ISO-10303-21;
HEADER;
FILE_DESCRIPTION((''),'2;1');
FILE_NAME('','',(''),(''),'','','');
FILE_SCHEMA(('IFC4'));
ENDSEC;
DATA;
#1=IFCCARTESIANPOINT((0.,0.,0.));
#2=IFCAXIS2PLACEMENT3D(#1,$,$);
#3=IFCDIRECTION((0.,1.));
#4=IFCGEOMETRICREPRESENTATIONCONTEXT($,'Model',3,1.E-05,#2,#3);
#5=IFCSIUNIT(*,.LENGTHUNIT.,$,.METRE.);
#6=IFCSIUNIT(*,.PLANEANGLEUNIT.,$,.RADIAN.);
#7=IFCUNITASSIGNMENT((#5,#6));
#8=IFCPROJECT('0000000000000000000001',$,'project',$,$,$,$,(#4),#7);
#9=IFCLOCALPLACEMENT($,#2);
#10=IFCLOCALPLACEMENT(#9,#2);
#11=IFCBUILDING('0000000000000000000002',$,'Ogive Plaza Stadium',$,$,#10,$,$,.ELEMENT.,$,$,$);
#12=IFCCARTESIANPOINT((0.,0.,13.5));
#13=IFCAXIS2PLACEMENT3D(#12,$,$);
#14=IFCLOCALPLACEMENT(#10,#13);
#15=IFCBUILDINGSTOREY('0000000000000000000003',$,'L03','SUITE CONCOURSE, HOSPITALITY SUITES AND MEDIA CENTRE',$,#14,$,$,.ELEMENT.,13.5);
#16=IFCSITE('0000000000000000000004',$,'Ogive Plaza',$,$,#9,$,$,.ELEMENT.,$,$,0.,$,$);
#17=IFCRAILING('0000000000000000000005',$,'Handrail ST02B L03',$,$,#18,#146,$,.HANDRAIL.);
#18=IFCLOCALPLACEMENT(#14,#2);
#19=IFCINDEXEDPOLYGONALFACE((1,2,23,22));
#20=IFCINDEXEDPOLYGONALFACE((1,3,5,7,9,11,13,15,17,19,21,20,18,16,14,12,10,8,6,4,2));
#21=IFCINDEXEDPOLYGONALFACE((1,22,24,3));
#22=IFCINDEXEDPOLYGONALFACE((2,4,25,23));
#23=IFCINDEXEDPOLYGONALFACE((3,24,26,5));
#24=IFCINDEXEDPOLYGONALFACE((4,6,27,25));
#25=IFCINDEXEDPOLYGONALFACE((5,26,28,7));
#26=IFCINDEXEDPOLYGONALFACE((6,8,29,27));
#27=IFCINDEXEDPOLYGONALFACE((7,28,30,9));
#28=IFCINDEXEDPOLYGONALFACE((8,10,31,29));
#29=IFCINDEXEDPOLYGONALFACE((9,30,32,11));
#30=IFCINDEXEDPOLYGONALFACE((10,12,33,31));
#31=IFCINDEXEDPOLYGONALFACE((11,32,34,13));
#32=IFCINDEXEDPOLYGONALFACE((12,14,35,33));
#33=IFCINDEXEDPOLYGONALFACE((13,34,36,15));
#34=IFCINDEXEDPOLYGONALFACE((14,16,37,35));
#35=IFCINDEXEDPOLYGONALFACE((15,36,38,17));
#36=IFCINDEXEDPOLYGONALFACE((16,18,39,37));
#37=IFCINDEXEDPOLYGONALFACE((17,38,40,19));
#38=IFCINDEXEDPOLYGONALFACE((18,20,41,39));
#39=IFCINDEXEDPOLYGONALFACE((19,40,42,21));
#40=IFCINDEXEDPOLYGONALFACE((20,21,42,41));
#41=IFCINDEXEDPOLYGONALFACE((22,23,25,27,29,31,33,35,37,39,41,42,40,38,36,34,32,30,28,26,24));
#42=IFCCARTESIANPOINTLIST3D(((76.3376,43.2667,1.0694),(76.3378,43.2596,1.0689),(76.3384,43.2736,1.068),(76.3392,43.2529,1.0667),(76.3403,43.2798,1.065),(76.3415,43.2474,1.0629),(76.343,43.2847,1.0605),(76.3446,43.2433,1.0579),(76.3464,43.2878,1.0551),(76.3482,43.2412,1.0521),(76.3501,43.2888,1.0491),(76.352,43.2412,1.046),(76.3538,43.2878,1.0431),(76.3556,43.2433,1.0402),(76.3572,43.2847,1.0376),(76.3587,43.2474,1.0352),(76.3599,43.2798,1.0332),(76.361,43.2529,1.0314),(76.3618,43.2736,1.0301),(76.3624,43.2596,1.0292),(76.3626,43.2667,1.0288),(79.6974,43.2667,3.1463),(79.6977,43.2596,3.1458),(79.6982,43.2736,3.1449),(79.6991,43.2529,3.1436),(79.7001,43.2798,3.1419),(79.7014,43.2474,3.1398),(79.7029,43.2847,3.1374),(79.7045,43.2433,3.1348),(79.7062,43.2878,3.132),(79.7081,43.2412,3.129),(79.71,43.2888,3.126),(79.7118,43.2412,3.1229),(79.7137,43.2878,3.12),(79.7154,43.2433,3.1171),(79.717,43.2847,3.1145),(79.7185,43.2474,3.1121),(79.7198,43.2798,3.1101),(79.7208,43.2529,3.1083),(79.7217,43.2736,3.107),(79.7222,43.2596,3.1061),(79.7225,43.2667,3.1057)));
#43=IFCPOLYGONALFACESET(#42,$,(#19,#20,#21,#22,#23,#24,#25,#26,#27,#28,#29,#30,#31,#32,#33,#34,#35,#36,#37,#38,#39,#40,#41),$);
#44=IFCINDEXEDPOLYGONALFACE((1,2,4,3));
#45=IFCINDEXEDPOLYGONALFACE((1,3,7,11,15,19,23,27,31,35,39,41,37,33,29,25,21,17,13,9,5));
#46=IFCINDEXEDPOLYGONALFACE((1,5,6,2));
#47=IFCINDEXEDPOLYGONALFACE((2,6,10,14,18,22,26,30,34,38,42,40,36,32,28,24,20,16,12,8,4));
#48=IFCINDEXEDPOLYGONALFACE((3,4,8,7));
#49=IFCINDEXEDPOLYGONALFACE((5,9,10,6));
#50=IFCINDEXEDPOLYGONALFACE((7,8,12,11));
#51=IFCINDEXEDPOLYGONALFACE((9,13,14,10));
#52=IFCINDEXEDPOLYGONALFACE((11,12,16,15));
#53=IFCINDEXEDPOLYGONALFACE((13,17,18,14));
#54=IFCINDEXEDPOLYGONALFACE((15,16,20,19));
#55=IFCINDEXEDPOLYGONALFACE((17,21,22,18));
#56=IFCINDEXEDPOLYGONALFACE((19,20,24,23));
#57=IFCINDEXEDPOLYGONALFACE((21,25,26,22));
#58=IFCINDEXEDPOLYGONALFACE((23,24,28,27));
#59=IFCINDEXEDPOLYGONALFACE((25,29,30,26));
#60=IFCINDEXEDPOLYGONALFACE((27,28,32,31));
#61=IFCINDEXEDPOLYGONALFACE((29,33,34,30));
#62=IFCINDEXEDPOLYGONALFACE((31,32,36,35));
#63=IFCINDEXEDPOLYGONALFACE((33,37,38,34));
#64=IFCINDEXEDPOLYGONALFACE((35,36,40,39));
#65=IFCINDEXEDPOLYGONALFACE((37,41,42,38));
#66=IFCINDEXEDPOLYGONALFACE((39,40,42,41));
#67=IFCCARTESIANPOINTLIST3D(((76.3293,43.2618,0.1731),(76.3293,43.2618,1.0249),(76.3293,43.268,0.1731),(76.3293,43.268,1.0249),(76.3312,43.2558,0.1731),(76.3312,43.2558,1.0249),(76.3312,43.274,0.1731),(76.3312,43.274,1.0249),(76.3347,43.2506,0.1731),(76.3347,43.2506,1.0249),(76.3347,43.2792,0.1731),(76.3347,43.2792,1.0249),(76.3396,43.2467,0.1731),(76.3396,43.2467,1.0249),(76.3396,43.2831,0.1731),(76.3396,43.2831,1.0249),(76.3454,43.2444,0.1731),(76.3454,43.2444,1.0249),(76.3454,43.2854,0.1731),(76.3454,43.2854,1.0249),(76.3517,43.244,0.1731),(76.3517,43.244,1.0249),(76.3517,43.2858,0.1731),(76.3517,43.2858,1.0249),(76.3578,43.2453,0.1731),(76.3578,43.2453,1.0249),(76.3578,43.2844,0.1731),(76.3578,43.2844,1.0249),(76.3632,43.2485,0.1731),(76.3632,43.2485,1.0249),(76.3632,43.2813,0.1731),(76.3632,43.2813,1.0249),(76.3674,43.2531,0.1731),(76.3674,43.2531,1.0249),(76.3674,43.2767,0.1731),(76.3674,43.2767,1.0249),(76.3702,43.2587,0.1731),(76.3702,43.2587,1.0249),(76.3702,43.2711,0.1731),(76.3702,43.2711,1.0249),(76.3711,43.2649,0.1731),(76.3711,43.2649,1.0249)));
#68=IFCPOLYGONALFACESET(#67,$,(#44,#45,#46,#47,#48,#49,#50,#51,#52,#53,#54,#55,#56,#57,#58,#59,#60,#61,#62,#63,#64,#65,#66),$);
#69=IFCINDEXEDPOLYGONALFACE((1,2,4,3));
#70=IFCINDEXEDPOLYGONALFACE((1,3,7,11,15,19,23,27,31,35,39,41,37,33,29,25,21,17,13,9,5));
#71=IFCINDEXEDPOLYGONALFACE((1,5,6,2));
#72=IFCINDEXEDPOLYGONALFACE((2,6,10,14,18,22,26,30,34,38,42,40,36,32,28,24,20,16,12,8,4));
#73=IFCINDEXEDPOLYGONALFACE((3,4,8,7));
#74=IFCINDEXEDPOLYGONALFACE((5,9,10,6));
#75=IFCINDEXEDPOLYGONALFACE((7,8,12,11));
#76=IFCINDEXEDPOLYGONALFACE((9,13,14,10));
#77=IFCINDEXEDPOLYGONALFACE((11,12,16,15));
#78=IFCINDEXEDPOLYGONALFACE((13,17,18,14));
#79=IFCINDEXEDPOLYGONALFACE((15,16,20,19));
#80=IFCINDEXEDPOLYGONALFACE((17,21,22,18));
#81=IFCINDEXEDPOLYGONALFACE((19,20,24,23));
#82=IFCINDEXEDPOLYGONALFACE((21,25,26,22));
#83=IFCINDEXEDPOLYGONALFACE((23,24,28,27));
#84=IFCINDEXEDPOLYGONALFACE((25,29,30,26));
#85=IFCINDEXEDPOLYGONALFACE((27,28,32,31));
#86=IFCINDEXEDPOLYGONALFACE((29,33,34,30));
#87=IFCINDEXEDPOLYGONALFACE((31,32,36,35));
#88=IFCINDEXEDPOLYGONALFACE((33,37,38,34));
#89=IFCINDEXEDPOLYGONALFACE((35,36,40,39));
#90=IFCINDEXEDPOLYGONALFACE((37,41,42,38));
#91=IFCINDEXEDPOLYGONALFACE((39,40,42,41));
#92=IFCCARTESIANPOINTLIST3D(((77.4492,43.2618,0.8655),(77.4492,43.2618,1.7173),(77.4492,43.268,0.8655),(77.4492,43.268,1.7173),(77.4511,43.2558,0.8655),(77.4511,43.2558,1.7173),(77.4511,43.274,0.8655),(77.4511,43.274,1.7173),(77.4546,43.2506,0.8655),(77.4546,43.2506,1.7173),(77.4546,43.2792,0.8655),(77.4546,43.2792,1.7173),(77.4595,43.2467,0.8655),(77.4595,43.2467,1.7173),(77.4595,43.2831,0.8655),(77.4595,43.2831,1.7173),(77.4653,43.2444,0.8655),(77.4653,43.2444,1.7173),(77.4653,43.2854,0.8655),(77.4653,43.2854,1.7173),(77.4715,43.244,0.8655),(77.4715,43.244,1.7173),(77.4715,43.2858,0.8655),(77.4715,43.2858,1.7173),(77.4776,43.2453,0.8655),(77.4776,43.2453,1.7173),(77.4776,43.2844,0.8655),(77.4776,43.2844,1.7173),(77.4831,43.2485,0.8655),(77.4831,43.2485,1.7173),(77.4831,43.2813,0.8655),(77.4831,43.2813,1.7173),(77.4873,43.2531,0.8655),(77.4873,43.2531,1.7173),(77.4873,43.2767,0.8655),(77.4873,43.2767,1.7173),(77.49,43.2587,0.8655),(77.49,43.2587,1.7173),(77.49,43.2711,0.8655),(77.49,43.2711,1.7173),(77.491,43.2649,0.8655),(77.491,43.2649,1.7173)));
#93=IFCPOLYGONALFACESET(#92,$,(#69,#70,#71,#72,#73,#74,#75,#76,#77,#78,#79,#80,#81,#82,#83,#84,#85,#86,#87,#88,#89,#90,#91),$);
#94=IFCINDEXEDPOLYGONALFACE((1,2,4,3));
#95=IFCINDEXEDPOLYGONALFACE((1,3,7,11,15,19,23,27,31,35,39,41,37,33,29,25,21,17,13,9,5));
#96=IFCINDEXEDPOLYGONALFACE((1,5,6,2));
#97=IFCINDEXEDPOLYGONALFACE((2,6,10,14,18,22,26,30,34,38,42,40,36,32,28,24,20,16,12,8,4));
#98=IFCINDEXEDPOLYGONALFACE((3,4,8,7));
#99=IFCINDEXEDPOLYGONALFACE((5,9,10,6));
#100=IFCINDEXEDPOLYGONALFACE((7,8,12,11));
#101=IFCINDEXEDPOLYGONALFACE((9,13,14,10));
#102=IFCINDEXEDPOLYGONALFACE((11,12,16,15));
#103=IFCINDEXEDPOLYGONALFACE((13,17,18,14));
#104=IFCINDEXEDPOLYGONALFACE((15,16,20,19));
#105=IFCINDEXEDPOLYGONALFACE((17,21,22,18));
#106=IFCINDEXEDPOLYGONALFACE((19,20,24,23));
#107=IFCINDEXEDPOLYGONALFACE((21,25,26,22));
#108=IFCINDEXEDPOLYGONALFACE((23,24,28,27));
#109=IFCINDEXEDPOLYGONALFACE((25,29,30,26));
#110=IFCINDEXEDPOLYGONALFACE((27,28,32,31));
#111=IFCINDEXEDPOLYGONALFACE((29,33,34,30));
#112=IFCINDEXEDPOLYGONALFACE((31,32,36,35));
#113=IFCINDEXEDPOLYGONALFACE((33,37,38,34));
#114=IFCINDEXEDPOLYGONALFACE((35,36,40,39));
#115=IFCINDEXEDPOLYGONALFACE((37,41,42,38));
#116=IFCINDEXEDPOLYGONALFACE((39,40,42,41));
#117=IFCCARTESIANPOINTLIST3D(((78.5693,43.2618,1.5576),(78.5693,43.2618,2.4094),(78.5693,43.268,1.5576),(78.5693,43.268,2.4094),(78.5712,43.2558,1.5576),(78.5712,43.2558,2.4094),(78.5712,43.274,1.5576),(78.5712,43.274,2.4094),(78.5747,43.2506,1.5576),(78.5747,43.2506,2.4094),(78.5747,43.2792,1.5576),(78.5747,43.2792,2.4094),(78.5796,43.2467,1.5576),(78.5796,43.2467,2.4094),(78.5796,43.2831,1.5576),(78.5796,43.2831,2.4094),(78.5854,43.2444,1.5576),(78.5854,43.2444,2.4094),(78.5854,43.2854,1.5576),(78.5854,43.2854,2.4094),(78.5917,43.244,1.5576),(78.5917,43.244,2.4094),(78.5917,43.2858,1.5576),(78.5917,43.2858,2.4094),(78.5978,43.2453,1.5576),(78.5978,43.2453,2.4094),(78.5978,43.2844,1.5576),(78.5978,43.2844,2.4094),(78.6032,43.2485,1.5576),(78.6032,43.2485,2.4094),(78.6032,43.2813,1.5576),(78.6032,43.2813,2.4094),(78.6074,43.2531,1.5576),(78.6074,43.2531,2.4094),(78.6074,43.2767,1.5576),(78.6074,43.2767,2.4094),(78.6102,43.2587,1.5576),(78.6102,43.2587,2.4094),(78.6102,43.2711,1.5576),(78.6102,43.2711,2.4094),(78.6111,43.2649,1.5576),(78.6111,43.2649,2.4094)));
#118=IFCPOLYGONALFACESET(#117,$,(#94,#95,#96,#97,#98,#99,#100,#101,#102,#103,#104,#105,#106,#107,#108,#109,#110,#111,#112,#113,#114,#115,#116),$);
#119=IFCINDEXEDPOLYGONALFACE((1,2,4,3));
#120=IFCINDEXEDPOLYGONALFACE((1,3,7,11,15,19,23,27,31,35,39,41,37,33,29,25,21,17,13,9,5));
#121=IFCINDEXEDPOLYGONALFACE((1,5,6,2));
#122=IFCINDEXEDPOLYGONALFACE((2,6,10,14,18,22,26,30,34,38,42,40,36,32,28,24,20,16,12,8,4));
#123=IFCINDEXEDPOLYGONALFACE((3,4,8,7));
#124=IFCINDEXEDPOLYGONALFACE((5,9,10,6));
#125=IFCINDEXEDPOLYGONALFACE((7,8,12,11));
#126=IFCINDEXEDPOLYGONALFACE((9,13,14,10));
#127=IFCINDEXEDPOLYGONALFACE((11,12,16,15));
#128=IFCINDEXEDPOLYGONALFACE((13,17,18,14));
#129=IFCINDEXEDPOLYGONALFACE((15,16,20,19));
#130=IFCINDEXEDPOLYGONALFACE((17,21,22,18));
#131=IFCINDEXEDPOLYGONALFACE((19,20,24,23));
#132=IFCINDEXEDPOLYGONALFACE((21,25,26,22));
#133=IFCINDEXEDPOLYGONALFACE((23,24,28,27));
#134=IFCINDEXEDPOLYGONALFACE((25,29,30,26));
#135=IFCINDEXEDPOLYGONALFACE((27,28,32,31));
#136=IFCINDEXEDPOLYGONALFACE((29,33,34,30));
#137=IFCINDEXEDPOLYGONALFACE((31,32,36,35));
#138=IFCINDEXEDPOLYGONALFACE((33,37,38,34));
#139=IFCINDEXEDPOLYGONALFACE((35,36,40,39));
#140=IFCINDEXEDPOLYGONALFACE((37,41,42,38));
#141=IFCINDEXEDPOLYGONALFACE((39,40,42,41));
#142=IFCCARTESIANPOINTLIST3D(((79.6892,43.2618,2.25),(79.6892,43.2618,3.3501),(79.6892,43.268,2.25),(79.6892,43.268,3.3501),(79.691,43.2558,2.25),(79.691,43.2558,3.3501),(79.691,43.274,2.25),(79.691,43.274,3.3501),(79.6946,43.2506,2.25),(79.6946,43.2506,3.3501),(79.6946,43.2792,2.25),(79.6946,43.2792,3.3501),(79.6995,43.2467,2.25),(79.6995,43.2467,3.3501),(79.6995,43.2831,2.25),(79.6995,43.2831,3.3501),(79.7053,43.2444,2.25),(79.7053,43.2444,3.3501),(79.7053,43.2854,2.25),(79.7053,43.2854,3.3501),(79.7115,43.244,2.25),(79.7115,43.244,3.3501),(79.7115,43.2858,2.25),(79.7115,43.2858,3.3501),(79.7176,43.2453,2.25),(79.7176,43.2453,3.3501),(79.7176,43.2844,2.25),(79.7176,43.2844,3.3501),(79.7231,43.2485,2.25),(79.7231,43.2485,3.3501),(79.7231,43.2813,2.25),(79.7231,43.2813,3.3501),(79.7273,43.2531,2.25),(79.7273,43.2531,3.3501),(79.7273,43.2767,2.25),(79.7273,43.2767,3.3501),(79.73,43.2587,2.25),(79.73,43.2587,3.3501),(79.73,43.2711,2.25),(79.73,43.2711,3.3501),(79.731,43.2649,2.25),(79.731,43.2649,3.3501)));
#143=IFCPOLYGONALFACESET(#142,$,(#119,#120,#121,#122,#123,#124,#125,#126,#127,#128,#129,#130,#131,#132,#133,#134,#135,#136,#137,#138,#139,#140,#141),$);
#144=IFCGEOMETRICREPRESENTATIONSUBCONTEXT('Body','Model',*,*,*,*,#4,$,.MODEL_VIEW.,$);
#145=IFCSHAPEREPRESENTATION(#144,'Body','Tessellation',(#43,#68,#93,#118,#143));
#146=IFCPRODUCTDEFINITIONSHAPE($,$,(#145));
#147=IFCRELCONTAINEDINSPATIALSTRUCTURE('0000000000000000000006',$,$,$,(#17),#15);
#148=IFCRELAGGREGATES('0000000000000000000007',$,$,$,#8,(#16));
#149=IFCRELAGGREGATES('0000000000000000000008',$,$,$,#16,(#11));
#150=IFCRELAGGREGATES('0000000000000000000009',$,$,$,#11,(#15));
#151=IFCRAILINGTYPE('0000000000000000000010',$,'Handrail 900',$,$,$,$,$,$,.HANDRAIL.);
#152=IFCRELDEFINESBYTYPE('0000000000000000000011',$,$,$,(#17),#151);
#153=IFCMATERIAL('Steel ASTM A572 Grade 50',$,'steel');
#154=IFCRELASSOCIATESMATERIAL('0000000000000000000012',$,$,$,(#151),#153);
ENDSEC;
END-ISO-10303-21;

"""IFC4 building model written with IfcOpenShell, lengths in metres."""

from ifc_helpers import new_model, si_unit, direction, frame, origin, origin_2d, place, context, subcontext, project, spatial, circle, extrude, material, type_object, element, save


model = new_model("IFC4")

# Units and contexts
model_context = context("Model", 3, precision=1e-05, world=origin(), true_north=direction((0.0, 1.0)))
body_context = subcontext(model_context, "Body", "Model", "MODEL_VIEW")
ifc_project = project(units=[si_unit("LENGTHUNIT", "METRE"), si_unit("PLANEANGLEUNIT", "RADIAN")], contexts=[model_context])

# Site, building, storey
site_placement = place(None, origin())
site = spatial("IfcSite", under=ifc_project, at=site_placement, Name="Ogive Plaza", CompositionType="ELEMENT", RefElevation=0.0)
building_placement = place(site_placement, origin())
building = spatial("IfcBuilding", under=site, at=building_placement, Name="Ogive Plaza Stadium", CompositionType="ELEMENT")
storey_placement = place(building_placement, frame((0.0, 0.0, 13.5)))
storey = spatial("IfcBuildingStorey", under=building, at=storey_placement, Name="L03", Description="SUITE CONCOURSE, HOSPITALITY SUITES AND MEDIA CENTRE", CompositionType="ELEMENT", Elevation=13.5)

# Railing
ifc_material_1 = material(Name="Steel ASTM A572 Grade 50", Category="steel")
railing_type_1 = type_object("IfcRailingType", Name="Handrail 900", PredefinedType="HANDRAIL", material=ifc_material_1)
for number, where, name in (
    (1, (76.3501, 43.2649, 0.1731), "Handrail ST02B L03"),
):
    element("IfcRailing", number, at=place(storey_placement, frame(where)), inside=storey, type_object=railing_type_1, Name=name, PredefinedType="HANDRAIL", context=body_context, shape_type="SweptSolid", body=[
        extrude(circle(Radius=0.0239, at=origin_2d()), frame((0.0, 0.0, 0.876), z_axis=(0.850606, 0.0, 0.525803), x_axis=(0.0, 1.0, 0.0)), (0.0, 0.0, 1.0), 3.95),
        extrude(circle(Radius=0.021, at=origin_2d()), origin(), (0.0, 0.0, 1.0), 0.8518),
        extrude(circle(Radius=0.021, at=origin_2d()), frame((1.1199, 0.0, 0.6924)), (0.0, 0.0, 1.0), 0.8518),
        extrude(circle(Radius=0.021, at=origin_2d()), frame((2.24, 0.0, 1.3845)), (0.0, 0.0, 1.0), 0.8518),
        extrude(circle(Radius=0.021, at=origin_2d()), frame((3.3599, 0.0, 2.0769)), (0.0, 0.0, 1.0), 1.1001),
    ])

save(model, "model.ifc")
